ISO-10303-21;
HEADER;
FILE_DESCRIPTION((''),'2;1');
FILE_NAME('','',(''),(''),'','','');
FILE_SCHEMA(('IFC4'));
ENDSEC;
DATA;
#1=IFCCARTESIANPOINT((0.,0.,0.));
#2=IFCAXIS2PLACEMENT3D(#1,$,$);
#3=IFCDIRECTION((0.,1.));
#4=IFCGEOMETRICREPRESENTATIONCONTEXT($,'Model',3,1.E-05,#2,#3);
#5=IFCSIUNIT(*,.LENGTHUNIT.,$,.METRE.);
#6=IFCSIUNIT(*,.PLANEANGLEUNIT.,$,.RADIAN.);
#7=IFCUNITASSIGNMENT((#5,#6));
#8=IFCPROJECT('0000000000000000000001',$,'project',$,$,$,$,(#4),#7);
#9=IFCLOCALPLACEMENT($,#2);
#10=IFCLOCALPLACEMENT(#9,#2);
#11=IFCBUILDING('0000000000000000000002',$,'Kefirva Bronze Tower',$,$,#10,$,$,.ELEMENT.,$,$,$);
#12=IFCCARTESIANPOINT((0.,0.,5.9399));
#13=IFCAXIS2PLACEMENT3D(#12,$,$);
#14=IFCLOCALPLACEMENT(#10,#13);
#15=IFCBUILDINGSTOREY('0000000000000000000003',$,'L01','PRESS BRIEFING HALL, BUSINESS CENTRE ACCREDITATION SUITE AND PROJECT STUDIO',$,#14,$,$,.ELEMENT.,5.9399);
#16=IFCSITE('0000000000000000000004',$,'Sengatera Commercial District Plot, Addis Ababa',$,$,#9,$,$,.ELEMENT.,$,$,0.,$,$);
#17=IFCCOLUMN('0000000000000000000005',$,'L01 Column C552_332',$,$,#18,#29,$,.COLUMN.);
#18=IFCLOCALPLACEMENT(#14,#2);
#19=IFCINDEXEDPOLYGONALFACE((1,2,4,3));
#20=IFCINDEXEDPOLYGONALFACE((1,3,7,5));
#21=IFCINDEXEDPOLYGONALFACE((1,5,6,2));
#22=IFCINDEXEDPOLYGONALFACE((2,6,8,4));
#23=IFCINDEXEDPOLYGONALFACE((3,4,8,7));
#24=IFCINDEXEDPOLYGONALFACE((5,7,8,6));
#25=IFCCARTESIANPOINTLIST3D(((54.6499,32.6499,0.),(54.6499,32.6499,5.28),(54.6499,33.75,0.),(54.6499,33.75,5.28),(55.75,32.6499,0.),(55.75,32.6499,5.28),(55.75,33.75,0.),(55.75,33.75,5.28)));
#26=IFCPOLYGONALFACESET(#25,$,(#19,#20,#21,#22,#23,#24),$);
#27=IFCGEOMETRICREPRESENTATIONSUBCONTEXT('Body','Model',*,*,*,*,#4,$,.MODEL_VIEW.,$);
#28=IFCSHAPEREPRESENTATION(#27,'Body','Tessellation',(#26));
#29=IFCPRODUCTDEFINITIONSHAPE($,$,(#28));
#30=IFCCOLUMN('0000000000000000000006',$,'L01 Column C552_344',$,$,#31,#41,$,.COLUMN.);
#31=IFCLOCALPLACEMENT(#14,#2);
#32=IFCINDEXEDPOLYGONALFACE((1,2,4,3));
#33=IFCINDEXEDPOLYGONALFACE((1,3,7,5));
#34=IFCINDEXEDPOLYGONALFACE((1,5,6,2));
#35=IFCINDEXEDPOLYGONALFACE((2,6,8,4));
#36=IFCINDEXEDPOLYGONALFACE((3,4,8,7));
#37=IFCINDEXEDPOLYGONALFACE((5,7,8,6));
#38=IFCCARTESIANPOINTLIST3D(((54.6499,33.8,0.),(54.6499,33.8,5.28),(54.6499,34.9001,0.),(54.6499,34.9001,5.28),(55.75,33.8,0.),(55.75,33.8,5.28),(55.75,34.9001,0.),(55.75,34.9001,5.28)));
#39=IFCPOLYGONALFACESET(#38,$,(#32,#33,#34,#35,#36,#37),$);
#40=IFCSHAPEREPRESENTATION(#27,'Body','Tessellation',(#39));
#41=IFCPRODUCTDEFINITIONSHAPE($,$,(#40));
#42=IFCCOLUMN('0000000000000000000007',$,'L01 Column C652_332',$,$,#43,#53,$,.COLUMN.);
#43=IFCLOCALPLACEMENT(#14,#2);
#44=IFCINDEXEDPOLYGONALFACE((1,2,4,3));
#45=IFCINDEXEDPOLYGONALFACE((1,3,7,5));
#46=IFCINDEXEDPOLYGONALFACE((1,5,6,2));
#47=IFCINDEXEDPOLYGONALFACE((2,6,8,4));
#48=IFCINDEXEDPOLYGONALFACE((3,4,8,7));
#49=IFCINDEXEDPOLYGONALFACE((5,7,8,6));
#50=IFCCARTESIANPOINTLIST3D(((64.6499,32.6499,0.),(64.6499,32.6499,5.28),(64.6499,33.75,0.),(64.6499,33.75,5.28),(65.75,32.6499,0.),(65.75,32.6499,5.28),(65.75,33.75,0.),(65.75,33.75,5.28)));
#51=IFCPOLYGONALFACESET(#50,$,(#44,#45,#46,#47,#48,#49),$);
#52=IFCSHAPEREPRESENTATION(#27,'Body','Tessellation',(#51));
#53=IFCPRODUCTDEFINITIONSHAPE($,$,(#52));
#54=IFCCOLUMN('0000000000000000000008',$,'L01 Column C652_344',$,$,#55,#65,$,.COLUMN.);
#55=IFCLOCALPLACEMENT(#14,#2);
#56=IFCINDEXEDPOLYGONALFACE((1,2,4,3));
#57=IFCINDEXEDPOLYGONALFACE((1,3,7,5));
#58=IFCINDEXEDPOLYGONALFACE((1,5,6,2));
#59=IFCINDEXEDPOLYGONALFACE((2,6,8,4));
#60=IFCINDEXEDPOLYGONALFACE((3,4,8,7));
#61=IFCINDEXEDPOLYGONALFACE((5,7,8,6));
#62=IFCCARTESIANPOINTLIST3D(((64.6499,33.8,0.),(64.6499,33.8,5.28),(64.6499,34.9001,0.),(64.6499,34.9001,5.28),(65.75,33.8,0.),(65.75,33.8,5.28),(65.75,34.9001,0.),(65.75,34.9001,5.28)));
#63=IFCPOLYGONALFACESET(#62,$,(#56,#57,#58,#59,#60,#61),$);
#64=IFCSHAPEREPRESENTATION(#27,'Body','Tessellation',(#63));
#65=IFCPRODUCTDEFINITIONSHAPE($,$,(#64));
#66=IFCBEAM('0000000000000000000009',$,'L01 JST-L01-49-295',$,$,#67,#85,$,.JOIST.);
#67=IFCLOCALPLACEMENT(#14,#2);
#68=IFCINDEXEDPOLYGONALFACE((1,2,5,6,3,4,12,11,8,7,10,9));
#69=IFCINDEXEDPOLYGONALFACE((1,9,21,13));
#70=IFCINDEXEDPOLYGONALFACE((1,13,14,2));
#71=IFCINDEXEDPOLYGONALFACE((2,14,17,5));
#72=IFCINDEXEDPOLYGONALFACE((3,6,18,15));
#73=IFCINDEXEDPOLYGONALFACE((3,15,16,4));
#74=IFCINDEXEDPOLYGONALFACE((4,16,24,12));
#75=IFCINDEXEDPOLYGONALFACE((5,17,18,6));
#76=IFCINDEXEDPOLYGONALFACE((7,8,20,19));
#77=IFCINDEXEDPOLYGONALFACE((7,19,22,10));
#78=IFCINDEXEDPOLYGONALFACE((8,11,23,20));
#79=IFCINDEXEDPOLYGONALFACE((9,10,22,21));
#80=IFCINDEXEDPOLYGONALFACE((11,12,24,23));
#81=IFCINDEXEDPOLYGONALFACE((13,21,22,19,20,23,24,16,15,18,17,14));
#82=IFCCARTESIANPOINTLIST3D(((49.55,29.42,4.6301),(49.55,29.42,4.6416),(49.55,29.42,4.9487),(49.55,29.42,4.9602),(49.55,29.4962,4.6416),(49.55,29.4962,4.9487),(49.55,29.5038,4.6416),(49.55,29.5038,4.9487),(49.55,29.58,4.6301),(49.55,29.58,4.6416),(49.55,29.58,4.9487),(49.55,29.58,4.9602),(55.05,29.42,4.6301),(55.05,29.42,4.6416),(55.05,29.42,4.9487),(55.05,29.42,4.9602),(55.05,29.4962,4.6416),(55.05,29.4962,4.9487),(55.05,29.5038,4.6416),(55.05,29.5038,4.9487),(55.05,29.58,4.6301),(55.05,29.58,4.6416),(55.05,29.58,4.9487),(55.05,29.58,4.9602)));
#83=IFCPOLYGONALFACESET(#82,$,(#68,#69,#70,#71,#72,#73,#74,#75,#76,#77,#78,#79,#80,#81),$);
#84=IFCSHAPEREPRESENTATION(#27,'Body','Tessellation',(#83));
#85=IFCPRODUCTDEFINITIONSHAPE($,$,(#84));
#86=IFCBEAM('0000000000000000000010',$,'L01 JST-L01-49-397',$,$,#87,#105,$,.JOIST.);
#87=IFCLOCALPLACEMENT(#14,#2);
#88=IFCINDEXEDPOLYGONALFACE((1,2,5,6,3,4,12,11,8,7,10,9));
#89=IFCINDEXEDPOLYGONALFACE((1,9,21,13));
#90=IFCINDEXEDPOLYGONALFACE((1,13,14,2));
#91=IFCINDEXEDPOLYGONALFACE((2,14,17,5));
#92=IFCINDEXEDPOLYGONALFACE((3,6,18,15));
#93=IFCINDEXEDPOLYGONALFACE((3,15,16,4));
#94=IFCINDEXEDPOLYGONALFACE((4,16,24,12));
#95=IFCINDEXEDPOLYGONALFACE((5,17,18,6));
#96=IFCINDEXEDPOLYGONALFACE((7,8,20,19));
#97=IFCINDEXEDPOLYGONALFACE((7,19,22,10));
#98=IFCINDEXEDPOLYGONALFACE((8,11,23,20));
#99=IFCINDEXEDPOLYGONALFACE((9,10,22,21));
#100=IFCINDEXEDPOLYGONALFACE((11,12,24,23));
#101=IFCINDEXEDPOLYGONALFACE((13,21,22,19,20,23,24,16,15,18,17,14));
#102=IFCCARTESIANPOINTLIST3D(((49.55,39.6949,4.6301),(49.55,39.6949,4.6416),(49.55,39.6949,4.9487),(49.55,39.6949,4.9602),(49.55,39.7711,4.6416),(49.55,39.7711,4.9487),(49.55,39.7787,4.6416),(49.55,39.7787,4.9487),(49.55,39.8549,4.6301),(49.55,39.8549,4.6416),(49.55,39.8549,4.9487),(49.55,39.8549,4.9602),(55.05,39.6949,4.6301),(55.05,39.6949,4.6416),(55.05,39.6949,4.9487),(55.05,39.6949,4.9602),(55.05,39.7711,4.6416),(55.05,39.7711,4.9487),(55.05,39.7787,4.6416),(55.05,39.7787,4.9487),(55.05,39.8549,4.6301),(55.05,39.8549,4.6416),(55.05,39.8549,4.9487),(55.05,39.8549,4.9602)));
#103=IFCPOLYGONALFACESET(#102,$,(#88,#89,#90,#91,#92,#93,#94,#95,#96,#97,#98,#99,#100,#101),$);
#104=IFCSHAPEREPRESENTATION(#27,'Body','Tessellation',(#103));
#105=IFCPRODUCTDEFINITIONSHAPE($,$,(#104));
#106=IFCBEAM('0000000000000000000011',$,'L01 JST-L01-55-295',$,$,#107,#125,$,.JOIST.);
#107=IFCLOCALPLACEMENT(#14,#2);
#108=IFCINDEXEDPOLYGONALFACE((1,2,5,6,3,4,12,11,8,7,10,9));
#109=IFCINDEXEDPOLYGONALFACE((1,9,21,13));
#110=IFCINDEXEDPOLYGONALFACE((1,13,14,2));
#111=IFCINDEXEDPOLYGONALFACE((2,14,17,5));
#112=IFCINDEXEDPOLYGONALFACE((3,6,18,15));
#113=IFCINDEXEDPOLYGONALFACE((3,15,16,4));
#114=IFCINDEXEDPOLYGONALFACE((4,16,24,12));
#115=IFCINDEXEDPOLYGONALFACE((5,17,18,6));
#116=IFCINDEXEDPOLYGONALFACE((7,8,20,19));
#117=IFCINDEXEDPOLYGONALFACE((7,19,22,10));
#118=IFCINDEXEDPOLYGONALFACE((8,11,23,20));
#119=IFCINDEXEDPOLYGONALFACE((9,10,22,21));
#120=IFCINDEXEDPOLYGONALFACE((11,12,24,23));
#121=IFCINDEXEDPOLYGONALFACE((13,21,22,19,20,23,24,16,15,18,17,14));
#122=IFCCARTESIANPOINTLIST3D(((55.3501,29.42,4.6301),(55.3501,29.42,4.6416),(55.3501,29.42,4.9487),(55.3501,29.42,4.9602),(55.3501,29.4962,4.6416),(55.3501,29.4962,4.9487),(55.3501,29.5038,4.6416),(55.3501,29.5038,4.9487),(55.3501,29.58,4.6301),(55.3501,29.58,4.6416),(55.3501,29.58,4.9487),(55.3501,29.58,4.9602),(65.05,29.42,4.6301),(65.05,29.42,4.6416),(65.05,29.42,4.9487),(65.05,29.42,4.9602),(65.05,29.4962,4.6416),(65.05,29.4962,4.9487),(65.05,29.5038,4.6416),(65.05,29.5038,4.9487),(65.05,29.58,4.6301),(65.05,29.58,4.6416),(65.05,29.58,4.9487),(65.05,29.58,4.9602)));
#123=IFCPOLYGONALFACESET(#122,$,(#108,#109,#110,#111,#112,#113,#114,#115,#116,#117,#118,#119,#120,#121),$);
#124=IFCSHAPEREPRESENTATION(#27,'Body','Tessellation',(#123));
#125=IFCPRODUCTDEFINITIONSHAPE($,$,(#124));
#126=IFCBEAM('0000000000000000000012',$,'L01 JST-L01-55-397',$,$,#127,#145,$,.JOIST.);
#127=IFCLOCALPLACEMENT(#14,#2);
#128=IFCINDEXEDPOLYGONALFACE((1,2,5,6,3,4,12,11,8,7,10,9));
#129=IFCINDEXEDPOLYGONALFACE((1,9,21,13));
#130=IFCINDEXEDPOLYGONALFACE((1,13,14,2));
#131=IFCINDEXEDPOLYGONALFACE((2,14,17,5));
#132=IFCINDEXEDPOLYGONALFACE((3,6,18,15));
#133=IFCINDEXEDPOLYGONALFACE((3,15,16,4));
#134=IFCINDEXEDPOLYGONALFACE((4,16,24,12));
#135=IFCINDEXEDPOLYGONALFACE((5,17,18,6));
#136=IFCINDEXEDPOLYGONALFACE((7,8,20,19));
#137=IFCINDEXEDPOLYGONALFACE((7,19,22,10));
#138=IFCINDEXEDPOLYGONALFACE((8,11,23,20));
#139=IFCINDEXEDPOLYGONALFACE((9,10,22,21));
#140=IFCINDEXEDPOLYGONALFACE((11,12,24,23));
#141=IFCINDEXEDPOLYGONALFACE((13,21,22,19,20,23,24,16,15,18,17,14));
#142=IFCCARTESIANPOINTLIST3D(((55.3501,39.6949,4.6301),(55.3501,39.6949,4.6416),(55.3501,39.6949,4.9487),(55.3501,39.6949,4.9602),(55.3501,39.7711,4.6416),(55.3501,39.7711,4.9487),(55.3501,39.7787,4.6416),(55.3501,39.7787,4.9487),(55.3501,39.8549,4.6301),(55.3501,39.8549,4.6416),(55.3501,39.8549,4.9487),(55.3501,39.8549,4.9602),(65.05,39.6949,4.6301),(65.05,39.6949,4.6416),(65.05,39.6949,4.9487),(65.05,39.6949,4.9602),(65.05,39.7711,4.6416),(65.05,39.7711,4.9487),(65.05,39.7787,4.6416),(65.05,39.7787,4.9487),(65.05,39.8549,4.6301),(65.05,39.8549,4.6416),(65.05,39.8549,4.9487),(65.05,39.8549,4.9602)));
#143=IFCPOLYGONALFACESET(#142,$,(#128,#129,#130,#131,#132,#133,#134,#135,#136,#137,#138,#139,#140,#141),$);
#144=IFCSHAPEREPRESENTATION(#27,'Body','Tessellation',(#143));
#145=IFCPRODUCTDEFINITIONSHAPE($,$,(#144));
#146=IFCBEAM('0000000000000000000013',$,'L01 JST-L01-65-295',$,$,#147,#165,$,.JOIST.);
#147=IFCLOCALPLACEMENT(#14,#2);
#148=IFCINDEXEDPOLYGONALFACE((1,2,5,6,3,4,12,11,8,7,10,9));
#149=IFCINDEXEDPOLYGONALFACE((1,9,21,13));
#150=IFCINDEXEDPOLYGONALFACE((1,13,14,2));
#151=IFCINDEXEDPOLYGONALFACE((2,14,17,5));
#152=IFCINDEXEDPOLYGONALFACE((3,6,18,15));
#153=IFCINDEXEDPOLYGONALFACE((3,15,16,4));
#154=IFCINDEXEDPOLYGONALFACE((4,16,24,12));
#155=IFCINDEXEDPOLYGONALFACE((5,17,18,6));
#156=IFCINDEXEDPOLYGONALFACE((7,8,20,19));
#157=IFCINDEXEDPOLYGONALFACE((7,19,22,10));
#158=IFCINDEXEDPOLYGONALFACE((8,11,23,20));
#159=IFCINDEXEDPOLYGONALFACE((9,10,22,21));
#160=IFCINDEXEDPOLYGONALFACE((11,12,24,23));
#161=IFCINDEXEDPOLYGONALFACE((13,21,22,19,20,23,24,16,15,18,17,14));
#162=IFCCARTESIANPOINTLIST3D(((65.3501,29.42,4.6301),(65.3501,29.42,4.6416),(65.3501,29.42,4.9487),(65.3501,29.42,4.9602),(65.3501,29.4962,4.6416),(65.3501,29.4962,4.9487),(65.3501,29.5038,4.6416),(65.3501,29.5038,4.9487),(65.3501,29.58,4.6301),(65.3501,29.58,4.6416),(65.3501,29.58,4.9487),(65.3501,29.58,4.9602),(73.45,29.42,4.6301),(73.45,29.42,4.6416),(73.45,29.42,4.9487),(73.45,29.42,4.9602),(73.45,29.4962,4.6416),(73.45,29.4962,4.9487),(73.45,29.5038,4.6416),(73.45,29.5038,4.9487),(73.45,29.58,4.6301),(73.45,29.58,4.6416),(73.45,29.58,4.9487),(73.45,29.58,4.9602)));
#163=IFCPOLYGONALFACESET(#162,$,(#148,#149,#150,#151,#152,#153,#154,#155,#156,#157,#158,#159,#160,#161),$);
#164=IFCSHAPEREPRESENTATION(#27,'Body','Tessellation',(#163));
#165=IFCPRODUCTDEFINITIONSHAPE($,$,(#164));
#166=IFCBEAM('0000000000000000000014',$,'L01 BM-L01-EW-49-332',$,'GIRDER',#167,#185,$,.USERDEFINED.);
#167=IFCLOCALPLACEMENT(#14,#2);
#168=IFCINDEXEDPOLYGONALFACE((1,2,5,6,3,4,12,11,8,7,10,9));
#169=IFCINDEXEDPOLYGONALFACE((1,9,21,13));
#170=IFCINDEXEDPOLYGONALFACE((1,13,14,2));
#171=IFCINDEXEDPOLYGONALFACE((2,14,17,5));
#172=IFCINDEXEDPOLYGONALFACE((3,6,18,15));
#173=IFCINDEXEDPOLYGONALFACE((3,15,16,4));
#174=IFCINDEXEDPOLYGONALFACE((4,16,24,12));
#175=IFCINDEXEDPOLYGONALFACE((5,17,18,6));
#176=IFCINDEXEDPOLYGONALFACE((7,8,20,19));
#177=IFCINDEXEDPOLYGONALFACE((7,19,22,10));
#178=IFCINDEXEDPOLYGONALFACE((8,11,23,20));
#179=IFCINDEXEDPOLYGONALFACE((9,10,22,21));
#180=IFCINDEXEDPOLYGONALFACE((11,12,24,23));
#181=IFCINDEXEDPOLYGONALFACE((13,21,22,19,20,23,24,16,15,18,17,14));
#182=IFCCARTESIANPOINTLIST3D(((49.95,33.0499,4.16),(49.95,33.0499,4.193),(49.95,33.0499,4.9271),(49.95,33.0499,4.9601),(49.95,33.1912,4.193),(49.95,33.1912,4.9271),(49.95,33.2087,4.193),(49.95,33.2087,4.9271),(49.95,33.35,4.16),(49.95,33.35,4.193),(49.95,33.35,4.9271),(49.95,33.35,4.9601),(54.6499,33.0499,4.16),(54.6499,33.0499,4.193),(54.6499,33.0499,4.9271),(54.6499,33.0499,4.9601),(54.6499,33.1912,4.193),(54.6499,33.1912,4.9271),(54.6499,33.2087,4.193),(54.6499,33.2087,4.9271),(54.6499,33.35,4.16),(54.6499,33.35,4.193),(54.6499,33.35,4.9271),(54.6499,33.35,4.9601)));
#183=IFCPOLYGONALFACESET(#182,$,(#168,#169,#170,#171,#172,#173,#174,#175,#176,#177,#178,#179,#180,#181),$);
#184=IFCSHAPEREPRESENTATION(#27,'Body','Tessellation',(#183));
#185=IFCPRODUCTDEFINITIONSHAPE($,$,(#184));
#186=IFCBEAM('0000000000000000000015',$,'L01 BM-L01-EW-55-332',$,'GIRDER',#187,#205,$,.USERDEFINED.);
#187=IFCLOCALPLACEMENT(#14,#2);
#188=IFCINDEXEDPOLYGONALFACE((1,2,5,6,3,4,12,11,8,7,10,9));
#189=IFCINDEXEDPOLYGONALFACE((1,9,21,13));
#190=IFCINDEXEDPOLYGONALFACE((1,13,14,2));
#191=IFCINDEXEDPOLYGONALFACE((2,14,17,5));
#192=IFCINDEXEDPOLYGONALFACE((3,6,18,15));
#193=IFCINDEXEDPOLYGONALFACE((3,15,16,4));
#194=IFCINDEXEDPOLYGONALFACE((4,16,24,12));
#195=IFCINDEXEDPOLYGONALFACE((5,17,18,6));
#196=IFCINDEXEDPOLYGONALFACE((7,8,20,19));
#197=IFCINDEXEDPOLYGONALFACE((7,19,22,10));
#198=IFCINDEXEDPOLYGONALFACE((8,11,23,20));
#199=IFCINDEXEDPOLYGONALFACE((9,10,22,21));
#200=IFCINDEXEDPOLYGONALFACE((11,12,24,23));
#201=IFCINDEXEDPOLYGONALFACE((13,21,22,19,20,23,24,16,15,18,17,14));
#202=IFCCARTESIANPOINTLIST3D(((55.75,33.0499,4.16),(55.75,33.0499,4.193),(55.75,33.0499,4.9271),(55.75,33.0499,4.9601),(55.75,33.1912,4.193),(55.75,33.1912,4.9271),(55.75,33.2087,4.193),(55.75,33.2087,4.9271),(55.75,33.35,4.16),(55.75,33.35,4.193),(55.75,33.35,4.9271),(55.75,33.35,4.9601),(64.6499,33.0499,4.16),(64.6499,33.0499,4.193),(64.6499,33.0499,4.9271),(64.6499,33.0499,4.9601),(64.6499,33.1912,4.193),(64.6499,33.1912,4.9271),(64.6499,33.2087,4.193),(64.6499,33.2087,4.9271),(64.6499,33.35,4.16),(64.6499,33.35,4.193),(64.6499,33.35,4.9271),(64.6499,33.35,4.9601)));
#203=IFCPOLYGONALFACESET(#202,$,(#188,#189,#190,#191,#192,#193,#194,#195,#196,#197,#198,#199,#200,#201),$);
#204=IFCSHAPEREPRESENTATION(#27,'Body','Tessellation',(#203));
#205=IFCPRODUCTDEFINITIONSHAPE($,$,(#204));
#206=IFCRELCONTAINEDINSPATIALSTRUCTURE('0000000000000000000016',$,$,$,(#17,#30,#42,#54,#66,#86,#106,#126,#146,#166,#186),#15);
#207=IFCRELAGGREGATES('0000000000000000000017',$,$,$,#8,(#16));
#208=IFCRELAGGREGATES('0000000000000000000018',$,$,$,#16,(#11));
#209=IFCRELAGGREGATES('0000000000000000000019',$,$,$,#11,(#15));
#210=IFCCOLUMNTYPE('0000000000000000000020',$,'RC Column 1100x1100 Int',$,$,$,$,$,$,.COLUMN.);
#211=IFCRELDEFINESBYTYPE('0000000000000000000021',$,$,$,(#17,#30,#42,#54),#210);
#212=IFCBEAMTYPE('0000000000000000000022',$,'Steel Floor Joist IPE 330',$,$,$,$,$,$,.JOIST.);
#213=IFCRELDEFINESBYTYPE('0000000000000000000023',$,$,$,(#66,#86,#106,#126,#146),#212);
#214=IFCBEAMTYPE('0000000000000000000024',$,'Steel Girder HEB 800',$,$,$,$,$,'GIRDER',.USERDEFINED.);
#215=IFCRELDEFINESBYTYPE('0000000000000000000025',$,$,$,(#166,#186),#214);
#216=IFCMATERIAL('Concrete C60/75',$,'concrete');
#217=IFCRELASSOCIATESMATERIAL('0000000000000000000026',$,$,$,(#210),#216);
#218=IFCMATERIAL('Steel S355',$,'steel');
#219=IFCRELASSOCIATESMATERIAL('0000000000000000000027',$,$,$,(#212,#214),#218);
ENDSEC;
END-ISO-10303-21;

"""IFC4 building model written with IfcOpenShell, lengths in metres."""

from ifc_helpers import new_model, si_unit, direction, frame, origin, origin_2d, place, context, subcontext, project, spatial, rectangle, i_section, extrude, material, material_profile, profile_set, type_object, element, save


model = new_model("IFC4")

# Units and contexts
model_context = context("Model", 3, precision=1e-05, world=origin(), true_north=direction((0.0, 1.0)))
body_context = subcontext(model_context, "Body", "Model", "MODEL_VIEW")
ifc_project = project(units=[si_unit("LENGTHUNIT", "METRE"), si_unit("PLANEANGLEUNIT", "RADIAN")], contexts=[model_context])

# Site, building, storey
site_placement = place(None, origin())
site = spatial("IfcSite", under=ifc_project, at=site_placement, Name="Sengatera Commercial District Plot, Addis Ababa", CompositionType="ELEMENT", RefElevation=0.0)
building_placement = place(site_placement, origin())
building = spatial("IfcBuilding", under=site, at=building_placement, Name="Kefirva Bronze Tower", CompositionType="ELEMENT")
storey_placement = place(building_placement, frame((0.0, 0.0, 5.9399)))
storey = spatial("IfcBuildingStorey", under=building, at=storey_placement, Name="L01", Description="PRESS BRIEFING HALL, BUSINESS CENTRE ACCREDITATION SUITE AND PROJECT STUDIO", CompositionType="ELEMENT", Elevation=5.9399)

# Columns
ifc_material_1 = material(Name="Concrete C60/75", Category="concrete")
ifc_material_profile_1 = material_profile(ifc_material_1, rectangle(XDim=1.1001, YDim=1.1001, at=origin_2d()), Name="RC 1100x1100")
ifc_profile_set_1 = profile_set([ifc_material_profile_1], Name="Concrete C60/75")
column_type = type_object("IfcColumnType", Name="RC Column 1100x1100 Int", PredefinedType="COLUMN", material=ifc_profile_set_1)
for number, where, z_axis, x_axis, name in (
    (1, (55.2, 33.2, 0.0), (0.0, 0.0, 1.0), (1.0, 0.0, 0.0), "L01 Column C552_332"),
    (2, (55.2, 34.3501, 0.0), (0.0, 0.0, 1.0), (1.0, 0.0, 0.0), "L01 Column C552_344"),
    (3, (65.2, 33.2, 0.0), (0.0, 0.0, 1.0), (1.0, 0.0, 0.0), "L01 Column C652_332"),
    (4, (65.2, 34.3501, 0.0), (0.0, 0.0, 1.0), (1.0, 0.0, 0.0), "L01 Column C652_344"),
):
    element("IfcColumn", number, at=place(storey_placement, frame(where, z_axis=z_axis, x_axis=x_axis)), inside=storey, type_object=column_type, Name=name, PredefinedType="COLUMN", context=body_context, shape_type="SweptSolid", body=[
        extrude(rectangle(XDim=1.1001, YDim=1.1001, at=origin_2d()), origin(), (0.0, 0.0, 1.0), 5.28),
    ])

# Beams
ifc_material_2 = material(Name="Steel S355", Category="steel")
ifc_material_profile_2 = material_profile(ifc_material_2, i_section(OverallWidth=0.1599, OverallDepth=0.3301, WebThickness=0.0076, FlangeThickness=0.0115, at=origin_2d()), Name="IPE 330")
ifc_profile_set_2 = profile_set([ifc_material_profile_2], Name="Steel S355")
beam_type_1 = type_object("IfcBeamType", Name="Steel Floor Joist IPE 330", PredefinedType="JOIST", material=ifc_profile_set_2)
for number, where, z_axis, x_axis, name in (
    (5, (49.55, 29.5, 4.7952), (1.0, 0.0, 0.0), (0.0, 1.0, 0.0), "L01 JST-L01-49-295"),
    (6, (49.55, 39.7749, 4.7952), (1.0, 0.0, 0.0), (0.0, 1.0, 0.0), "L01 JST-L01-49-397"),
):
    element("IfcBeam", number, at=place(storey_placement, frame(where, z_axis=z_axis, x_axis=x_axis)), inside=storey, type_object=beam_type_1, Name=name, PredefinedType="JOIST", context=body_context, shape_type="SweptSolid", body=[
        extrude(i_section(OverallWidth=0.1599, OverallDepth=0.3301, WebThickness=0.0076, FlangeThickness=0.0115, at=origin_2d()), origin(), (0.0, 0.0, 1.0), 5.5),
    ])
for number, where, z_axis, x_axis, name in (
    (7, (55.3501, 29.5, 4.7952), (1.0, 0.0, 0.0), (0.0, 1.0, 0.0), "L01 JST-L01-55-295"),
    (8, (55.3501, 39.7749, 4.7952), (1.0, 0.0, 0.0), (0.0, 1.0, 0.0), "L01 JST-L01-55-397"),
):
    element("IfcBeam", number, at=place(storey_placement, frame(where, z_axis=z_axis, x_axis=x_axis)), inside=storey, type_object=beam_type_1, Name=name, PredefinedType="JOIST", context=body_context, shape_type="SweptSolid", body=[
        extrude(i_section(OverallWidth=0.1599, OverallDepth=0.3301, WebThickness=0.0076, FlangeThickness=0.0115, at=origin_2d()), origin(), (0.0, 0.0, 1.0), 9.7),
    ])
beam_1_placement = place(storey_placement, frame((65.3501, 29.5, 4.7952), z_axis=(1.0, 0.0, 0.0), x_axis=(0.0, 1.0, 0.0)))
element("IfcBeam", 9, at=beam_1_placement, inside=storey, type_object=beam_type_1, Name="L01 JST-L01-65-295", PredefinedType="JOIST", context=body_context, shape_type="SweptSolid", body=[
    extrude(i_section(OverallWidth=0.1599, OverallDepth=0.3301, WebThickness=0.0076, FlangeThickness=0.0115, at=origin_2d()), origin(), (0.0, 0.0, 1.0), 8.0999),
])
ifc_material_profile_3 = material_profile(ifc_material_2, i_section(OverallWidth=0.3, OverallDepth=0.8, WebThickness=0.0176, FlangeThickness=0.033, at=origin_2d()), Name="HEB 800")
ifc_profile_set_3 = profile_set([ifc_material_profile_3], Name="Steel S355")
beam_type_2 = type_object("IfcBeamType", Name="Steel Girder HEB 800", ElementType="GIRDER", PredefinedType="USERDEFINED", material=ifc_profile_set_3)
beam_2_placement = place(storey_placement, frame((49.95, 33.2, 4.5601), z_axis=(1.0, 0.0, 0.0), x_axis=(0.0, 1.0, 0.0)))
element("IfcBeam", 10, at=beam_2_placement, inside=storey, type_object=beam_type_2, Name="L01 BM-L01-EW-49-332", ObjectType="GIRDER", PredefinedType="USERDEFINED", context=body_context, shape_type="SweptSolid", body=[
    extrude(i_section(OverallWidth=0.3, OverallDepth=0.8, WebThickness=0.0176, FlangeThickness=0.033, at=origin_2d()), origin(), (0.0, 0.0, 1.0), 4.7),
])
beam_3_placement = place(storey_placement, frame((55.75, 33.2, 4.5601), z_axis=(1.0, 0.0, 0.0), x_axis=(0.0, 1.0, 0.0)))
element("IfcBeam", 11, at=beam_3_placement, inside=storey, type_object=beam_type_2, Name="L01 BM-L01-EW-55-332", ObjectType="GIRDER", PredefinedType="USERDEFINED", context=body_context, shape_type="SweptSolid", body=[
    extrude(i_section(OverallWidth=0.3, OverallDepth=0.8, WebThickness=0.0176, FlangeThickness=0.033, at=origin_2d()), origin(), (0.0, 0.0, 1.0), 8.8999),
])

save(model, "model.ifc")
